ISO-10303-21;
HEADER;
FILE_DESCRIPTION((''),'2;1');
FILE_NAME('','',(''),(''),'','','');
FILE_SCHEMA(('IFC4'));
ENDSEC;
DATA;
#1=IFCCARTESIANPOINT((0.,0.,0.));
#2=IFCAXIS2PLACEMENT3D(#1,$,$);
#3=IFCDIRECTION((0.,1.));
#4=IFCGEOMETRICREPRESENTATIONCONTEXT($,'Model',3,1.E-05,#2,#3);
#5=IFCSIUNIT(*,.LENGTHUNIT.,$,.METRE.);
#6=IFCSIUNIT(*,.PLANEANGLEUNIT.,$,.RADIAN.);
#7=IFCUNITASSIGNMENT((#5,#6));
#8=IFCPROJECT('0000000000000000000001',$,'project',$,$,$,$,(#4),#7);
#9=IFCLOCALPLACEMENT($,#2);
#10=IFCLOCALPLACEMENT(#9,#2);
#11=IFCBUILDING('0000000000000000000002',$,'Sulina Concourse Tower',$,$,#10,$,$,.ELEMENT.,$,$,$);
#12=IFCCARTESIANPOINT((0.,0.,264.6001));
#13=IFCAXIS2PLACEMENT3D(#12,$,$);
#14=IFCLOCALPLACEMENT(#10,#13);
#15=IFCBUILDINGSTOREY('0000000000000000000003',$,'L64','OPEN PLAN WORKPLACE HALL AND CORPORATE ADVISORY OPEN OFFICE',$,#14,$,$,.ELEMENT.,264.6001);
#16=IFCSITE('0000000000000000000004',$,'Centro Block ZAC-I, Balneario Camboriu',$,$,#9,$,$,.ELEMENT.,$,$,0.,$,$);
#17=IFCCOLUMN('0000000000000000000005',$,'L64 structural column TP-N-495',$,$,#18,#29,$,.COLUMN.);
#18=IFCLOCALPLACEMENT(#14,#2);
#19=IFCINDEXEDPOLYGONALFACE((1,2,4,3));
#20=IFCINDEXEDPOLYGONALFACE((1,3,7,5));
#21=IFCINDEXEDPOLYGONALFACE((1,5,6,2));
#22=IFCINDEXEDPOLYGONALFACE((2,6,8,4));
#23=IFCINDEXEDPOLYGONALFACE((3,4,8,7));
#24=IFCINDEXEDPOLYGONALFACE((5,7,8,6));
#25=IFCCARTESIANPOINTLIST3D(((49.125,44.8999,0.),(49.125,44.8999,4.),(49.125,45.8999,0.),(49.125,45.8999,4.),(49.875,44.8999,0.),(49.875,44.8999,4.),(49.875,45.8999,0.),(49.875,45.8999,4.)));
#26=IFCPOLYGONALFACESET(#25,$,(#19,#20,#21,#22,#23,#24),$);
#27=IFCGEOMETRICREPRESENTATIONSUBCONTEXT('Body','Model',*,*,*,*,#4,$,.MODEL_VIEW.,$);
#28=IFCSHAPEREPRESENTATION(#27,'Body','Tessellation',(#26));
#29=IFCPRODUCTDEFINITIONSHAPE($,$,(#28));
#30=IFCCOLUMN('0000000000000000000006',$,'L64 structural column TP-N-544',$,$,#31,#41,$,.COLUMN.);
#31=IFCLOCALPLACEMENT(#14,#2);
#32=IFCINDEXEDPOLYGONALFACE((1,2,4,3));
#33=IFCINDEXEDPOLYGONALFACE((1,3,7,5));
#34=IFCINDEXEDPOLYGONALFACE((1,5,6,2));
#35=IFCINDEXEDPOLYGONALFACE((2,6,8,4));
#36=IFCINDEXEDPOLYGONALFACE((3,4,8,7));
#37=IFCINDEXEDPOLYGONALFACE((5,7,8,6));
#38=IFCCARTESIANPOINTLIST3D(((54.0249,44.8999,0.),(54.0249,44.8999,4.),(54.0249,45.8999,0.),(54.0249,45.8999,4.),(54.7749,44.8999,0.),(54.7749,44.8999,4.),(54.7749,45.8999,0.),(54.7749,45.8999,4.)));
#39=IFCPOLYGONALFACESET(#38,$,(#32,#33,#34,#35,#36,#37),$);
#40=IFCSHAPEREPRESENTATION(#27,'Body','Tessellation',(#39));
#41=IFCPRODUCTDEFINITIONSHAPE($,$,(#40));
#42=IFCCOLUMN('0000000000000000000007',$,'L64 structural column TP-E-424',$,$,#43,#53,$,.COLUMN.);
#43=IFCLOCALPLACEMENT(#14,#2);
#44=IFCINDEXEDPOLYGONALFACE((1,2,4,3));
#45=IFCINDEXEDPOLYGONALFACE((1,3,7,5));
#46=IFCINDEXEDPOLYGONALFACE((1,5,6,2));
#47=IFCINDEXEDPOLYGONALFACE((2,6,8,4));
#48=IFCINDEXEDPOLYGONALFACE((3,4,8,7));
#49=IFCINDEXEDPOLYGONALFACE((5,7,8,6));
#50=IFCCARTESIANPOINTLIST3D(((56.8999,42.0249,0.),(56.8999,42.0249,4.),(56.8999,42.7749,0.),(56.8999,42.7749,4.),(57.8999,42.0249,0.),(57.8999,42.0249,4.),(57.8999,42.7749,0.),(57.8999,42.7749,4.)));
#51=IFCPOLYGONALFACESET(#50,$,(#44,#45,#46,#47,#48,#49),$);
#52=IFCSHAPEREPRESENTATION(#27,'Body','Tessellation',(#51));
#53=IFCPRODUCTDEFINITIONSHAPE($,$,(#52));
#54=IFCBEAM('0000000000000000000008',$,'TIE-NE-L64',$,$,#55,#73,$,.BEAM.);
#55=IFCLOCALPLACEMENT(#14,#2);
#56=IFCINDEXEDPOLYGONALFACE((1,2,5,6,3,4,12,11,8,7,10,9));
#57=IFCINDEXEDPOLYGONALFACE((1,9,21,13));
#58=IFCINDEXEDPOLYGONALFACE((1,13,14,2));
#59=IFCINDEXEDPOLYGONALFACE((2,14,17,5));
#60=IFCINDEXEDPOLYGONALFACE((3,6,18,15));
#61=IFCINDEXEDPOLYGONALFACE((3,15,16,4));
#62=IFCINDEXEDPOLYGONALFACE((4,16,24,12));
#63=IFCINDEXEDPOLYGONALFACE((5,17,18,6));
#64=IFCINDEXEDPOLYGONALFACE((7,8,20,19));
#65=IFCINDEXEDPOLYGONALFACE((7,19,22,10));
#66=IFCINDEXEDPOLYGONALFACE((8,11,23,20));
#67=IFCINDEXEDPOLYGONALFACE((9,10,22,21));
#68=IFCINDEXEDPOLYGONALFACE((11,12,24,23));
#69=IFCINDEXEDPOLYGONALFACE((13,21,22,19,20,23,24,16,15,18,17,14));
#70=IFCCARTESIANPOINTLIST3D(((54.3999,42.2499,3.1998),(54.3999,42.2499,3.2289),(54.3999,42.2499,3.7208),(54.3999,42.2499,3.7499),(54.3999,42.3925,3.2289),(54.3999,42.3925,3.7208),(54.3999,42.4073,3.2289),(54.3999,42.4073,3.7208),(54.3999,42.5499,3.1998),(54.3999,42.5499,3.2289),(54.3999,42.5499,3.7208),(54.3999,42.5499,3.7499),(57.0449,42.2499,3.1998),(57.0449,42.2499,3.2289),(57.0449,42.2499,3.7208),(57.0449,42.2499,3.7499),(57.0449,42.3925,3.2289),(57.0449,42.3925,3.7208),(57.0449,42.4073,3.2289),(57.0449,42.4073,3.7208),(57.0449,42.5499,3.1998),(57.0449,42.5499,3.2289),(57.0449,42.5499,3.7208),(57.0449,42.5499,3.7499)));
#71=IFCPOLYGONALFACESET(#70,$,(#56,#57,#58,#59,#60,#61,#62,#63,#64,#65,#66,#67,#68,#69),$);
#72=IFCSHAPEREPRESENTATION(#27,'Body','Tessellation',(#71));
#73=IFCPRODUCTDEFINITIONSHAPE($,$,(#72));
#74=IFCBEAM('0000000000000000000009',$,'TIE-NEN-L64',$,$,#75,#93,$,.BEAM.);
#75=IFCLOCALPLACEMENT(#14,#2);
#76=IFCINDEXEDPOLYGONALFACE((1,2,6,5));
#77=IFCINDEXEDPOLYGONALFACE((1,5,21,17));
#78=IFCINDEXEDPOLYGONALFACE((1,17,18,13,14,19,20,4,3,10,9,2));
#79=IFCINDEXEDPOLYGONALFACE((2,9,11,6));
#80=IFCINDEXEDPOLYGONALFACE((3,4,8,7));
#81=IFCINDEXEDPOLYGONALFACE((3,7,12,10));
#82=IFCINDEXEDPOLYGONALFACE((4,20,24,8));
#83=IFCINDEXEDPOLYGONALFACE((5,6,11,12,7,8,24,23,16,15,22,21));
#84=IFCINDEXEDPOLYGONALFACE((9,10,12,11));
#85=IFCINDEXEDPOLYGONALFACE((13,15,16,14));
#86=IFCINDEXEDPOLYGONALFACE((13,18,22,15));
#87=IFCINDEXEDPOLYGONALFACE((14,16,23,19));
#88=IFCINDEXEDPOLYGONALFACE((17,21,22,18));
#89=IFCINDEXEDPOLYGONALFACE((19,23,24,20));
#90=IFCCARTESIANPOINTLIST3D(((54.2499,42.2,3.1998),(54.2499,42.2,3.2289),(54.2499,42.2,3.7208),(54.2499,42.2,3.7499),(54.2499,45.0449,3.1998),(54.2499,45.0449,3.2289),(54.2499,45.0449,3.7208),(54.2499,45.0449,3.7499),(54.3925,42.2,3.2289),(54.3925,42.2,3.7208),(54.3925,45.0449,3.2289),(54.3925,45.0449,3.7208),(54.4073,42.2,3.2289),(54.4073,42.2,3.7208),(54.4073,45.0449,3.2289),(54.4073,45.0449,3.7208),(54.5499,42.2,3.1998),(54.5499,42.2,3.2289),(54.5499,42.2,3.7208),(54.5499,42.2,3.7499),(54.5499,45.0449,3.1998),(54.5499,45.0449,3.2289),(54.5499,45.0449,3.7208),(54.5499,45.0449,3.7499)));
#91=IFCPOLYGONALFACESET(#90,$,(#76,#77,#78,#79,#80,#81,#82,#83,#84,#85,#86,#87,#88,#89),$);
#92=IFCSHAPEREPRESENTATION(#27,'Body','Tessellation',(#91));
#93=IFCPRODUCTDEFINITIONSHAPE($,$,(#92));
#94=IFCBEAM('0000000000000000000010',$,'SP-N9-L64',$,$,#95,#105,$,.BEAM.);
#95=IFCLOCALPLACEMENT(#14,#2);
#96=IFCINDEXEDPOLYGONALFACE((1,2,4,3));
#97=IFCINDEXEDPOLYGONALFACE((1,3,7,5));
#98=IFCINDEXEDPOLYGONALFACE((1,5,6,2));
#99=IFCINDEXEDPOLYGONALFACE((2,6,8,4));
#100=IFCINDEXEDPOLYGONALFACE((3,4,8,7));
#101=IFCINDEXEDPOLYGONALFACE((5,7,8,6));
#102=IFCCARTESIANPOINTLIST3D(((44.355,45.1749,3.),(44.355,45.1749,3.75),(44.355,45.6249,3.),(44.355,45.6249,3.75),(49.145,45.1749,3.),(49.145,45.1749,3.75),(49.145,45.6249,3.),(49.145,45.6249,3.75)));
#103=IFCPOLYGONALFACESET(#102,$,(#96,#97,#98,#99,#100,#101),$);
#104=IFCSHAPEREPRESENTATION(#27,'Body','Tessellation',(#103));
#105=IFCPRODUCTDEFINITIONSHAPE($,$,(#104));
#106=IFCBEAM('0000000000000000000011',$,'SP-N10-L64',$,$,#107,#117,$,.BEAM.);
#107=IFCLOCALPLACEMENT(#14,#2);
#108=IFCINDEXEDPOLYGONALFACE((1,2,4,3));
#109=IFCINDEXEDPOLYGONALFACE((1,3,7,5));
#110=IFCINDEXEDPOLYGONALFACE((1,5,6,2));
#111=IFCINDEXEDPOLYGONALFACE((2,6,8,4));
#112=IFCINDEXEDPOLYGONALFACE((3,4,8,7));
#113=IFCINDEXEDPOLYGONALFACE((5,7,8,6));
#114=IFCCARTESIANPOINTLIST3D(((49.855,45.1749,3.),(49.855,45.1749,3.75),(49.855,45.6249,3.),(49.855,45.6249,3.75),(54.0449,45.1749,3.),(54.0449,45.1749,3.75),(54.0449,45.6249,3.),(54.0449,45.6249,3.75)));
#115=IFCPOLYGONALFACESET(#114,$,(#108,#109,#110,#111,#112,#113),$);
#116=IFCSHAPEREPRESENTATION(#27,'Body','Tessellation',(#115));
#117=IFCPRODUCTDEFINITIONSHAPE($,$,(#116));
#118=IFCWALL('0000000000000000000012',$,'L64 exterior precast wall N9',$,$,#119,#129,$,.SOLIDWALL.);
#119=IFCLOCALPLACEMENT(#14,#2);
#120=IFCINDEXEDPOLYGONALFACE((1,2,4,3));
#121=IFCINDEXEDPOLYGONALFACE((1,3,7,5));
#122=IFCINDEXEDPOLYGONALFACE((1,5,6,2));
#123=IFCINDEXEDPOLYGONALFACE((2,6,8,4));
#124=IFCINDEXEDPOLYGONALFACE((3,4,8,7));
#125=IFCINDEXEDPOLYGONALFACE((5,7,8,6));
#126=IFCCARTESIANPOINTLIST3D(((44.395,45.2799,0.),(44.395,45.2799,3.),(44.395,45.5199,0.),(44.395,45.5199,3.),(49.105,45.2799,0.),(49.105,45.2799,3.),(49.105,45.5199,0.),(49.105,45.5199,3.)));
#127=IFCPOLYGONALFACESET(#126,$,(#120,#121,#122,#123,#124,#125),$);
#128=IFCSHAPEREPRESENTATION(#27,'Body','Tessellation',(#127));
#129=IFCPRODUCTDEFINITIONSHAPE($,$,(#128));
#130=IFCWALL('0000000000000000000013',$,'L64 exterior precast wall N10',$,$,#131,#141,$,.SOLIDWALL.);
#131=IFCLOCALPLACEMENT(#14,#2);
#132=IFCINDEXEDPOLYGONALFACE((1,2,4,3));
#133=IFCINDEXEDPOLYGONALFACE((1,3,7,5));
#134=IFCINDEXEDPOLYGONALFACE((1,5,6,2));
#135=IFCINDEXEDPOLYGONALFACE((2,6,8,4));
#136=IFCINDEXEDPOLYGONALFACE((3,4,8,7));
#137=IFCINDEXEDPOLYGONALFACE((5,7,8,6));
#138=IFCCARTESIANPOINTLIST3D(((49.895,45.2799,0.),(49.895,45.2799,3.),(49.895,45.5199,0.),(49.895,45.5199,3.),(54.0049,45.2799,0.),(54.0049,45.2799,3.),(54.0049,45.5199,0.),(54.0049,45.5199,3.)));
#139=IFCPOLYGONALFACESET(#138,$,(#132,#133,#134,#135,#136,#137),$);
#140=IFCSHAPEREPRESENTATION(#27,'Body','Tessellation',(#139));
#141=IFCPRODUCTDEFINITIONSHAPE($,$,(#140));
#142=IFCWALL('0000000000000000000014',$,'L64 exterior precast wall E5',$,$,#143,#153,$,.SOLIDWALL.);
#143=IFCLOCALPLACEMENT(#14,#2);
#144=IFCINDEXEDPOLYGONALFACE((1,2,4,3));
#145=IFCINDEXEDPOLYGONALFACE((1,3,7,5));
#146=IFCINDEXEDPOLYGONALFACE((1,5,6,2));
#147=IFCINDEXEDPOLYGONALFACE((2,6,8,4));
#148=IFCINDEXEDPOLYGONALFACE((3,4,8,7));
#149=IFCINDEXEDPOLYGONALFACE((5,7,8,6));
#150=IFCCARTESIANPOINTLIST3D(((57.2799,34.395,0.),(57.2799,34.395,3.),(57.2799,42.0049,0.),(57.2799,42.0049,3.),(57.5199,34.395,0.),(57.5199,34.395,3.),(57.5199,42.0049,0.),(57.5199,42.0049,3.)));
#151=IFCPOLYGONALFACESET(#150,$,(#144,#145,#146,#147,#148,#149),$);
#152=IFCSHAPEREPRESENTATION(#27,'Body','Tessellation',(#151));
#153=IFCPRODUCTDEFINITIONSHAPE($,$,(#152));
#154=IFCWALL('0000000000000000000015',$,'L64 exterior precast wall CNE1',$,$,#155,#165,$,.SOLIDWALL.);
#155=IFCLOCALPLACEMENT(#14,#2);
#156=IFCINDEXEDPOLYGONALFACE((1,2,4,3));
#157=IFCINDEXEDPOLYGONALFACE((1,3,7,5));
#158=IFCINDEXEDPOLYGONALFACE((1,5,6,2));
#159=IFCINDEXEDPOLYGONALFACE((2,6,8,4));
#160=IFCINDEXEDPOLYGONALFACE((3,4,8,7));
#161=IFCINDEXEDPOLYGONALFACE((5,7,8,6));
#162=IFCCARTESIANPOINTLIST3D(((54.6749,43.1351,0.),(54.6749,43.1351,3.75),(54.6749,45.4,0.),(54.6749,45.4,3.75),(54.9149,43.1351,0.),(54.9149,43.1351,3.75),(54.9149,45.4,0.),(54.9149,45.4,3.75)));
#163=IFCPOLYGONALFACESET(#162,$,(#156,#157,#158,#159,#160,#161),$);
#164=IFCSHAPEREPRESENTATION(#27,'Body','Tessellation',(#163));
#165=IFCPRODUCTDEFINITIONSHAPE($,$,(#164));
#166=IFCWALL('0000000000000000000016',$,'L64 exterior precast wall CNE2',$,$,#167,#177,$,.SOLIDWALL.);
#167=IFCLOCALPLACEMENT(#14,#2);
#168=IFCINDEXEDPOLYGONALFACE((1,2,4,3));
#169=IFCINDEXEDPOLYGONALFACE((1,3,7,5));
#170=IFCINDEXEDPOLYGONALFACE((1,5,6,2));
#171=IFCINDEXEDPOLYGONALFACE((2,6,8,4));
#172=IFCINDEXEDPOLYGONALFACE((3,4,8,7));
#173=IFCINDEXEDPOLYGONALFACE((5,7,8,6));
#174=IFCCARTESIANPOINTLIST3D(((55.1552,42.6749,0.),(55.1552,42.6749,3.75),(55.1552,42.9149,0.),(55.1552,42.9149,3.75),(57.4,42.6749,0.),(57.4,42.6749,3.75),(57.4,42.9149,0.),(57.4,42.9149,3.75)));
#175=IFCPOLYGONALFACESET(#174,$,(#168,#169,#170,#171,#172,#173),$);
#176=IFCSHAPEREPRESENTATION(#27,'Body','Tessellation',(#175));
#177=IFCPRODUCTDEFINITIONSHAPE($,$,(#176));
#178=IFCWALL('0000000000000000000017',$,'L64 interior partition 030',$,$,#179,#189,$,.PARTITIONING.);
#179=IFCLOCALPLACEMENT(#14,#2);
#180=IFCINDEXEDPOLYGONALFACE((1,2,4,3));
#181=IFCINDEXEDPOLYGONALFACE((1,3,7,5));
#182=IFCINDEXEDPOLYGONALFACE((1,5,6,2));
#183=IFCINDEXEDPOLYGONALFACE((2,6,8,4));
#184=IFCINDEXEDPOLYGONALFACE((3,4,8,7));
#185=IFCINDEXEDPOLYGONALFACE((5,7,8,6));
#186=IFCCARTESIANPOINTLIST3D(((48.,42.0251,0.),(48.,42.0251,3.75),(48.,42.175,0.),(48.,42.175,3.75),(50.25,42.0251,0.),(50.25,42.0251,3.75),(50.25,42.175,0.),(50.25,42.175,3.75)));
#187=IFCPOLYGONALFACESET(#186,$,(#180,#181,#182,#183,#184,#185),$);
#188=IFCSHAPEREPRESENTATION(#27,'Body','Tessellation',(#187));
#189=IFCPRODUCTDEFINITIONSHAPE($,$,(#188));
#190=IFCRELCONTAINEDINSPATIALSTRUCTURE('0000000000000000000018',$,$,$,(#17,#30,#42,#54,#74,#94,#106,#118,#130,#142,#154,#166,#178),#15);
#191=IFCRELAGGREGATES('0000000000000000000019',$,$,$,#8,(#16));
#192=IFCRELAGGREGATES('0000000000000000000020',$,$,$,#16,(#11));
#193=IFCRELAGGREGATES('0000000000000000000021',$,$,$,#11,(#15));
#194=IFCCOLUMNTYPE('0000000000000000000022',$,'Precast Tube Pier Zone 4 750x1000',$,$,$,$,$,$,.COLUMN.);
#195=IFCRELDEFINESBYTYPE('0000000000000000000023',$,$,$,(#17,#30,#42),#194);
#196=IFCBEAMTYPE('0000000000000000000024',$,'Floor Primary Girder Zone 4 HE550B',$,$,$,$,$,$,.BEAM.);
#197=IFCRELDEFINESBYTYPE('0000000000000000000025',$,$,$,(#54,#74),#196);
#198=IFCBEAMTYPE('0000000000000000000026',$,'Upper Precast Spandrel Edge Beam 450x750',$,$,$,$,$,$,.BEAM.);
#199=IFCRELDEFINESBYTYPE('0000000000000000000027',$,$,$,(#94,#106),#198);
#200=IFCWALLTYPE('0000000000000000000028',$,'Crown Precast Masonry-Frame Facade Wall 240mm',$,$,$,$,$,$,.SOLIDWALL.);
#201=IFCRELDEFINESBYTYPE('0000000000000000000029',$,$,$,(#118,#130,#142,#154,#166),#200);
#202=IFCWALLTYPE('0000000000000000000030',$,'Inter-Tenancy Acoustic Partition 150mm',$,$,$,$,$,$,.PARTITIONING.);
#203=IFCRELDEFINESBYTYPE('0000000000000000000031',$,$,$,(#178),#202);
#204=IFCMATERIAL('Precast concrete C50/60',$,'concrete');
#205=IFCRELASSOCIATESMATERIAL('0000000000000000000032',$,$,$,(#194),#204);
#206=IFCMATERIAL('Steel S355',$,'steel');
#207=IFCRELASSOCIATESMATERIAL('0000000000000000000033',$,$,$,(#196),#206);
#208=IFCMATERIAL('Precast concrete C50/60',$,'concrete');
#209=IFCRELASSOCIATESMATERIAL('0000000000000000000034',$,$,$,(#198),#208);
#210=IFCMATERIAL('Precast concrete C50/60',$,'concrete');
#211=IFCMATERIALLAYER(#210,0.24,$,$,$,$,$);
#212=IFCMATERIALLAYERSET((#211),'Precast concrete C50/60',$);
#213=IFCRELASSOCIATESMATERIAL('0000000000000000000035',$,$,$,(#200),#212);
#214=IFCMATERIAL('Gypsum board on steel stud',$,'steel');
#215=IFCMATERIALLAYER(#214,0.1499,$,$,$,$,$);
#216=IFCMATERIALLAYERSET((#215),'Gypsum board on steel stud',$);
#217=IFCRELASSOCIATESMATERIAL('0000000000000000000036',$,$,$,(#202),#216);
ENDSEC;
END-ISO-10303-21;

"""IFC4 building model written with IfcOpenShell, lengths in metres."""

from ifc_helpers import new_model, si_unit, direction, frame, frame_2d, origin, origin_2d, place, context, subcontext, project, spatial, rectangle, i_section, extrude, material, layer, layer_set, material_profile, profile_set, type_object, element, save


model = new_model("IFC4")

# Units and contexts
model_context = context("Model", 3, precision=1e-05, world=origin(), true_north=direction((0.0, 1.0)))
body_context = subcontext(model_context, "Body", "Model", "MODEL_VIEW")
ifc_project = project(units=[si_unit("LENGTHUNIT", "METRE"), si_unit("PLANEANGLEUNIT", "RADIAN")], contexts=[model_context])

# Site, building, storey
site_placement = place(None, origin())
site = spatial("IfcSite", under=ifc_project, at=site_placement, Name="Centro Block ZAC-I, Balneario Camboriu", CompositionType="ELEMENT", RefElevation=0.0)
building_placement = place(site_placement, origin())
building = spatial("IfcBuilding", under=site, at=building_placement, Name="Sulina Concourse Tower", CompositionType="ELEMENT")
storey_placement = place(building_placement, frame((0.0, 0.0, 264.6001)))
storey = spatial("IfcBuildingStorey", under=building, at=storey_placement, Name="L64", Description="OPEN PLAN WORKPLACE HALL AND CORPORATE ADVISORY OPEN OFFICE", CompositionType="ELEMENT", Elevation=264.6001)

# Columns
ifc_material_1 = material(Name="Precast concrete C50/60", Category="concrete")
ifc_material_profile_1 = material_profile(ifc_material_1, rectangle(XDim=0.75, YDim=1.0, at=origin_2d()), Name="PC 750x1000")
ifc_profile_set_1 = profile_set([ifc_material_profile_1], Name="Precast concrete C50/60")
column_type = type_object("IfcColumnType", Name="Precast Tube Pier Zone 4 750x1000", PredefinedType="COLUMN", material=ifc_profile_set_1)
for number, where, z_axis, x_axis, name in (
    (1, (49.5, 45.3999, 0.0), (0.0, 0.0, 1.0), (1.0, 0.0, 0.0), "L64 structural column TP-N-495"),
    (2, (54.3999, 45.3999, 0.0), (0.0, 0.0, 1.0), (1.0, 0.0, 0.0), "L64 structural column TP-N-544"),
    (3, (57.3999, 42.3999, 0.0), (0.0, 0.0, 1.0), (0.0, 1.0, 0.0), "L64 structural column TP-E-424"),
):
    element("IfcColumn", number, at=place(storey_placement, frame(where, z_axis=z_axis, x_axis=x_axis)), inside=storey, type_object=column_type, Name=name, PredefinedType="COLUMN", context=body_context, shape_type="SweptSolid", body=[
        extrude(rectangle(XDim=0.75, YDim=1.0, at=origin_2d()), origin(), (0.0, 0.0, 1.0), 4.0),
    ])

# Beams
ifc_material_2 = material(Name="Steel S355", Category="steel")
ifc_material_profile_2 = material_profile(ifc_material_2, i_section(OverallWidth=0.3, OverallDepth=0.55, WebThickness=0.0149, FlangeThickness=0.0291, at=origin_2d()), Name="HE 550 B")
ifc_profile_set_2 = profile_set([ifc_material_profile_2], Name="Steel S355")
beam_type_1 = type_object("IfcBeamType", Name="Floor Primary Girder Zone 4 HE550B", PredefinedType="BEAM", material=ifc_profile_set_2)
beam_1_placement = place(storey_placement, frame((54.3999, 42.3999, 3.4749), z_axis=(1.0, 0.0, 0.0), x_axis=(0.0, 1.0, 0.0)))
element("IfcBeam", 4, at=beam_1_placement, inside=storey, type_object=beam_type_1, Name="TIE-NE-L64", PredefinedType="BEAM", context=body_context, shape_type="SweptSolid", body=[
    extrude(i_section(OverallWidth=0.3, OverallDepth=0.55, WebThickness=0.0149, FlangeThickness=0.0291, at=origin_2d()), origin(), (0.0, 0.0, 1.0), 2.645),
])
beam_2_placement = place(storey_placement, frame((54.3999, 42.2, 3.4749), z_axis=(0.0, 1.0, 0.0), x_axis=(-1.0, 0.0, 0.0)))
element("IfcBeam", 5, at=beam_2_placement, inside=storey, type_object=beam_type_1, Name="TIE-NEN-L64", PredefinedType="BEAM", context=body_context, shape_type="SweptSolid", body=[
    extrude(i_section(OverallWidth=0.3, OverallDepth=0.55, WebThickness=0.0149, FlangeThickness=0.0291, at=origin_2d()), origin(), (0.0, 0.0, 1.0), 2.845),
])
ifc_material_3 = material(Name="Precast concrete C50/60", Category="concrete")
ifc_material_profile_3 = material_profile(ifc_material_3, rectangle(XDim=0.45, YDim=0.75, at=origin_2d()), Name="RC 450x750")
ifc_profile_set_3 = profile_set([ifc_material_profile_3], Name="Precast concrete C50/60")
beam_type_2 = type_object("IfcBeamType", Name="Upper Precast Spandrel Edge Beam 450x750", PredefinedType="BEAM", material=ifc_profile_set_3)
beam_3_placement = place(storey_placement, frame((44.355, 45.3999, 3.375), z_axis=(1.0, 0.0, 0.0), x_axis=(0.0, 1.0, 0.0)))
element("IfcBeam", 6, at=beam_3_placement, inside=storey, type_object=beam_type_2, Name="SP-N9-L64", PredefinedType="BEAM", context=body_context, shape_type="SweptSolid", body=[
    extrude(rectangle(XDim=0.45, YDim=0.75, at=origin_2d()), origin(), (0.0, 0.0, 1.0), 4.79),
])
beam_4_placement = place(storey_placement, frame((49.855, 45.3999, 3.375), z_axis=(1.0, 0.0, 0.0), x_axis=(0.0, 1.0, 0.0)))
element("IfcBeam", 7, at=beam_4_placement, inside=storey, type_object=beam_type_2, Name="SP-N10-L64", PredefinedType="BEAM", context=body_context, shape_type="SweptSolid", body=[
    extrude(rectangle(XDim=0.45, YDim=0.75, at=origin_2d()), origin(), (0.0, 0.0, 1.0), 4.1899),
])

# Walls
ifc_material_4 = material(Name="Precast concrete C50/60", Category="concrete")
ifc_layer_1 = layer(ifc_material_4, 0.24)
ifc_layer_set_1 = layer_set([ifc_layer_1], Name="Precast concrete C50/60")
wall_type_1 = type_object("IfcWallType", Name="Crown Precast Masonry-Frame Facade Wall 240mm", PredefinedType="SOLIDWALL", material=ifc_layer_set_1)
wall_1_placement = place(storey_placement, frame((44.395, 45.3999, 0.0), z_axis=(0.0, 0.0, 1.0), x_axis=(1.0, 0.0, 0.0)))
element("IfcWall", 8, at=wall_1_placement, inside=storey, type_object=wall_type_1, Name="L64 exterior precast wall N9", PredefinedType="SOLIDWALL", context=body_context, shape_type="SweptSolid", body=[
    extrude(rectangle(XDim=4.71, YDim=0.24, at=frame_2d((2.355, 0.0))), origin(), (0.0, 0.0, 1.0), 3.0),
])
wall_2_placement = place(storey_placement, frame((49.895, 45.3999, 0.0), z_axis=(0.0, 0.0, 1.0), x_axis=(1.0, 0.0, 0.0)))
element("IfcWall", 9, at=wall_2_placement, inside=storey, type_object=wall_type_1, Name="L64 exterior precast wall N10", PredefinedType="SOLIDWALL", context=body_context, shape_type="SweptSolid", body=[
    extrude(rectangle(XDim=4.1099, YDim=0.24, at=frame_2d((2.0549, 0.0))), origin(), (0.0, 0.0, 1.0), 3.0),
])
wall_3_placement = place(storey_placement, frame((57.3999, 42.0049, 0.0), z_axis=(0.0, 0.0, 1.0), x_axis=(0.0, -1.0, 0.0)))
element("IfcWall", 10, at=wall_3_placement, inside=storey, type_object=wall_type_1, Name="L64 exterior precast wall E5", PredefinedType="SOLIDWALL", context=body_context, shape_type="SweptSolid", body=[
    extrude(rectangle(XDim=7.6099, YDim=0.24, at=frame_2d((3.8049, 0.0))), origin(), (0.0, 0.0, 1.0), 3.0),
])
wall_4_placement = place(storey_placement, frame((54.7949, 45.3999, 0.0), z_axis=(0.0, 0.0, 1.0), x_axis=(0.0, -1.0, 0.0)))
element("IfcWall", 11, at=wall_4_placement, inside=storey, type_object=wall_type_1, Name="L64 exterior precast wall CNE1", PredefinedType="SOLIDWALL", context=body_context, shape_type="SweptSolid", body=[
    extrude(rectangle(XDim=2.2649, YDim=0.24, at=frame_2d((1.1323, 0.0))), origin(), (0.0, 0.0, 1.0), 3.75),
])
wall_5_placement = place(storey_placement, frame((55.155, 42.7949, 0.0), z_axis=(0.0, 0.0, 1.0), x_axis=(1.0, 0.0, 0.0)))
element("IfcWall", 12, at=wall_5_placement, inside=storey, type_object=wall_type_1, Name="L64 exterior precast wall CNE2", PredefinedType="SOLIDWALL", context=body_context, shape_type="SweptSolid", body=[
    extrude(rectangle(XDim=2.2449, YDim=0.24, at=frame_2d((1.1226, 0.0))), origin(), (0.0, 0.0, 1.0), 3.75),
])
ifc_material_5 = material(Name="Gypsum board on steel stud", Category="steel")
ifc_layer_2 = layer(ifc_material_5, 0.1499)
ifc_layer_set_2 = layer_set([ifc_layer_2], Name="Gypsum board on steel stud")
wall_type_2 = type_object("IfcWallType", Name="Inter-Tenancy Acoustic Partition 150mm", PredefinedType="PARTITIONING", material=ifc_layer_set_2)
wall_6_placement = place(storey_placement, frame((48.0, 42.1001, 0.0), z_axis=(0.0, 0.0, 1.0), x_axis=(1.0, 0.0, 0.0)))
element("IfcWall", 13, at=wall_6_placement, inside=storey, type_object=wall_type_2, Name="L64 interior partition 030", PredefinedType="PARTITIONING", context=body_context, shape_type="SweptSolid", body=[
    extrude(rectangle(XDim=2.25, YDim=0.1499, at=frame_2d((1.125, 0.0))), origin(), (0.0, 0.0, 1.0), 3.75),
])

save(model, "model.ifc")
